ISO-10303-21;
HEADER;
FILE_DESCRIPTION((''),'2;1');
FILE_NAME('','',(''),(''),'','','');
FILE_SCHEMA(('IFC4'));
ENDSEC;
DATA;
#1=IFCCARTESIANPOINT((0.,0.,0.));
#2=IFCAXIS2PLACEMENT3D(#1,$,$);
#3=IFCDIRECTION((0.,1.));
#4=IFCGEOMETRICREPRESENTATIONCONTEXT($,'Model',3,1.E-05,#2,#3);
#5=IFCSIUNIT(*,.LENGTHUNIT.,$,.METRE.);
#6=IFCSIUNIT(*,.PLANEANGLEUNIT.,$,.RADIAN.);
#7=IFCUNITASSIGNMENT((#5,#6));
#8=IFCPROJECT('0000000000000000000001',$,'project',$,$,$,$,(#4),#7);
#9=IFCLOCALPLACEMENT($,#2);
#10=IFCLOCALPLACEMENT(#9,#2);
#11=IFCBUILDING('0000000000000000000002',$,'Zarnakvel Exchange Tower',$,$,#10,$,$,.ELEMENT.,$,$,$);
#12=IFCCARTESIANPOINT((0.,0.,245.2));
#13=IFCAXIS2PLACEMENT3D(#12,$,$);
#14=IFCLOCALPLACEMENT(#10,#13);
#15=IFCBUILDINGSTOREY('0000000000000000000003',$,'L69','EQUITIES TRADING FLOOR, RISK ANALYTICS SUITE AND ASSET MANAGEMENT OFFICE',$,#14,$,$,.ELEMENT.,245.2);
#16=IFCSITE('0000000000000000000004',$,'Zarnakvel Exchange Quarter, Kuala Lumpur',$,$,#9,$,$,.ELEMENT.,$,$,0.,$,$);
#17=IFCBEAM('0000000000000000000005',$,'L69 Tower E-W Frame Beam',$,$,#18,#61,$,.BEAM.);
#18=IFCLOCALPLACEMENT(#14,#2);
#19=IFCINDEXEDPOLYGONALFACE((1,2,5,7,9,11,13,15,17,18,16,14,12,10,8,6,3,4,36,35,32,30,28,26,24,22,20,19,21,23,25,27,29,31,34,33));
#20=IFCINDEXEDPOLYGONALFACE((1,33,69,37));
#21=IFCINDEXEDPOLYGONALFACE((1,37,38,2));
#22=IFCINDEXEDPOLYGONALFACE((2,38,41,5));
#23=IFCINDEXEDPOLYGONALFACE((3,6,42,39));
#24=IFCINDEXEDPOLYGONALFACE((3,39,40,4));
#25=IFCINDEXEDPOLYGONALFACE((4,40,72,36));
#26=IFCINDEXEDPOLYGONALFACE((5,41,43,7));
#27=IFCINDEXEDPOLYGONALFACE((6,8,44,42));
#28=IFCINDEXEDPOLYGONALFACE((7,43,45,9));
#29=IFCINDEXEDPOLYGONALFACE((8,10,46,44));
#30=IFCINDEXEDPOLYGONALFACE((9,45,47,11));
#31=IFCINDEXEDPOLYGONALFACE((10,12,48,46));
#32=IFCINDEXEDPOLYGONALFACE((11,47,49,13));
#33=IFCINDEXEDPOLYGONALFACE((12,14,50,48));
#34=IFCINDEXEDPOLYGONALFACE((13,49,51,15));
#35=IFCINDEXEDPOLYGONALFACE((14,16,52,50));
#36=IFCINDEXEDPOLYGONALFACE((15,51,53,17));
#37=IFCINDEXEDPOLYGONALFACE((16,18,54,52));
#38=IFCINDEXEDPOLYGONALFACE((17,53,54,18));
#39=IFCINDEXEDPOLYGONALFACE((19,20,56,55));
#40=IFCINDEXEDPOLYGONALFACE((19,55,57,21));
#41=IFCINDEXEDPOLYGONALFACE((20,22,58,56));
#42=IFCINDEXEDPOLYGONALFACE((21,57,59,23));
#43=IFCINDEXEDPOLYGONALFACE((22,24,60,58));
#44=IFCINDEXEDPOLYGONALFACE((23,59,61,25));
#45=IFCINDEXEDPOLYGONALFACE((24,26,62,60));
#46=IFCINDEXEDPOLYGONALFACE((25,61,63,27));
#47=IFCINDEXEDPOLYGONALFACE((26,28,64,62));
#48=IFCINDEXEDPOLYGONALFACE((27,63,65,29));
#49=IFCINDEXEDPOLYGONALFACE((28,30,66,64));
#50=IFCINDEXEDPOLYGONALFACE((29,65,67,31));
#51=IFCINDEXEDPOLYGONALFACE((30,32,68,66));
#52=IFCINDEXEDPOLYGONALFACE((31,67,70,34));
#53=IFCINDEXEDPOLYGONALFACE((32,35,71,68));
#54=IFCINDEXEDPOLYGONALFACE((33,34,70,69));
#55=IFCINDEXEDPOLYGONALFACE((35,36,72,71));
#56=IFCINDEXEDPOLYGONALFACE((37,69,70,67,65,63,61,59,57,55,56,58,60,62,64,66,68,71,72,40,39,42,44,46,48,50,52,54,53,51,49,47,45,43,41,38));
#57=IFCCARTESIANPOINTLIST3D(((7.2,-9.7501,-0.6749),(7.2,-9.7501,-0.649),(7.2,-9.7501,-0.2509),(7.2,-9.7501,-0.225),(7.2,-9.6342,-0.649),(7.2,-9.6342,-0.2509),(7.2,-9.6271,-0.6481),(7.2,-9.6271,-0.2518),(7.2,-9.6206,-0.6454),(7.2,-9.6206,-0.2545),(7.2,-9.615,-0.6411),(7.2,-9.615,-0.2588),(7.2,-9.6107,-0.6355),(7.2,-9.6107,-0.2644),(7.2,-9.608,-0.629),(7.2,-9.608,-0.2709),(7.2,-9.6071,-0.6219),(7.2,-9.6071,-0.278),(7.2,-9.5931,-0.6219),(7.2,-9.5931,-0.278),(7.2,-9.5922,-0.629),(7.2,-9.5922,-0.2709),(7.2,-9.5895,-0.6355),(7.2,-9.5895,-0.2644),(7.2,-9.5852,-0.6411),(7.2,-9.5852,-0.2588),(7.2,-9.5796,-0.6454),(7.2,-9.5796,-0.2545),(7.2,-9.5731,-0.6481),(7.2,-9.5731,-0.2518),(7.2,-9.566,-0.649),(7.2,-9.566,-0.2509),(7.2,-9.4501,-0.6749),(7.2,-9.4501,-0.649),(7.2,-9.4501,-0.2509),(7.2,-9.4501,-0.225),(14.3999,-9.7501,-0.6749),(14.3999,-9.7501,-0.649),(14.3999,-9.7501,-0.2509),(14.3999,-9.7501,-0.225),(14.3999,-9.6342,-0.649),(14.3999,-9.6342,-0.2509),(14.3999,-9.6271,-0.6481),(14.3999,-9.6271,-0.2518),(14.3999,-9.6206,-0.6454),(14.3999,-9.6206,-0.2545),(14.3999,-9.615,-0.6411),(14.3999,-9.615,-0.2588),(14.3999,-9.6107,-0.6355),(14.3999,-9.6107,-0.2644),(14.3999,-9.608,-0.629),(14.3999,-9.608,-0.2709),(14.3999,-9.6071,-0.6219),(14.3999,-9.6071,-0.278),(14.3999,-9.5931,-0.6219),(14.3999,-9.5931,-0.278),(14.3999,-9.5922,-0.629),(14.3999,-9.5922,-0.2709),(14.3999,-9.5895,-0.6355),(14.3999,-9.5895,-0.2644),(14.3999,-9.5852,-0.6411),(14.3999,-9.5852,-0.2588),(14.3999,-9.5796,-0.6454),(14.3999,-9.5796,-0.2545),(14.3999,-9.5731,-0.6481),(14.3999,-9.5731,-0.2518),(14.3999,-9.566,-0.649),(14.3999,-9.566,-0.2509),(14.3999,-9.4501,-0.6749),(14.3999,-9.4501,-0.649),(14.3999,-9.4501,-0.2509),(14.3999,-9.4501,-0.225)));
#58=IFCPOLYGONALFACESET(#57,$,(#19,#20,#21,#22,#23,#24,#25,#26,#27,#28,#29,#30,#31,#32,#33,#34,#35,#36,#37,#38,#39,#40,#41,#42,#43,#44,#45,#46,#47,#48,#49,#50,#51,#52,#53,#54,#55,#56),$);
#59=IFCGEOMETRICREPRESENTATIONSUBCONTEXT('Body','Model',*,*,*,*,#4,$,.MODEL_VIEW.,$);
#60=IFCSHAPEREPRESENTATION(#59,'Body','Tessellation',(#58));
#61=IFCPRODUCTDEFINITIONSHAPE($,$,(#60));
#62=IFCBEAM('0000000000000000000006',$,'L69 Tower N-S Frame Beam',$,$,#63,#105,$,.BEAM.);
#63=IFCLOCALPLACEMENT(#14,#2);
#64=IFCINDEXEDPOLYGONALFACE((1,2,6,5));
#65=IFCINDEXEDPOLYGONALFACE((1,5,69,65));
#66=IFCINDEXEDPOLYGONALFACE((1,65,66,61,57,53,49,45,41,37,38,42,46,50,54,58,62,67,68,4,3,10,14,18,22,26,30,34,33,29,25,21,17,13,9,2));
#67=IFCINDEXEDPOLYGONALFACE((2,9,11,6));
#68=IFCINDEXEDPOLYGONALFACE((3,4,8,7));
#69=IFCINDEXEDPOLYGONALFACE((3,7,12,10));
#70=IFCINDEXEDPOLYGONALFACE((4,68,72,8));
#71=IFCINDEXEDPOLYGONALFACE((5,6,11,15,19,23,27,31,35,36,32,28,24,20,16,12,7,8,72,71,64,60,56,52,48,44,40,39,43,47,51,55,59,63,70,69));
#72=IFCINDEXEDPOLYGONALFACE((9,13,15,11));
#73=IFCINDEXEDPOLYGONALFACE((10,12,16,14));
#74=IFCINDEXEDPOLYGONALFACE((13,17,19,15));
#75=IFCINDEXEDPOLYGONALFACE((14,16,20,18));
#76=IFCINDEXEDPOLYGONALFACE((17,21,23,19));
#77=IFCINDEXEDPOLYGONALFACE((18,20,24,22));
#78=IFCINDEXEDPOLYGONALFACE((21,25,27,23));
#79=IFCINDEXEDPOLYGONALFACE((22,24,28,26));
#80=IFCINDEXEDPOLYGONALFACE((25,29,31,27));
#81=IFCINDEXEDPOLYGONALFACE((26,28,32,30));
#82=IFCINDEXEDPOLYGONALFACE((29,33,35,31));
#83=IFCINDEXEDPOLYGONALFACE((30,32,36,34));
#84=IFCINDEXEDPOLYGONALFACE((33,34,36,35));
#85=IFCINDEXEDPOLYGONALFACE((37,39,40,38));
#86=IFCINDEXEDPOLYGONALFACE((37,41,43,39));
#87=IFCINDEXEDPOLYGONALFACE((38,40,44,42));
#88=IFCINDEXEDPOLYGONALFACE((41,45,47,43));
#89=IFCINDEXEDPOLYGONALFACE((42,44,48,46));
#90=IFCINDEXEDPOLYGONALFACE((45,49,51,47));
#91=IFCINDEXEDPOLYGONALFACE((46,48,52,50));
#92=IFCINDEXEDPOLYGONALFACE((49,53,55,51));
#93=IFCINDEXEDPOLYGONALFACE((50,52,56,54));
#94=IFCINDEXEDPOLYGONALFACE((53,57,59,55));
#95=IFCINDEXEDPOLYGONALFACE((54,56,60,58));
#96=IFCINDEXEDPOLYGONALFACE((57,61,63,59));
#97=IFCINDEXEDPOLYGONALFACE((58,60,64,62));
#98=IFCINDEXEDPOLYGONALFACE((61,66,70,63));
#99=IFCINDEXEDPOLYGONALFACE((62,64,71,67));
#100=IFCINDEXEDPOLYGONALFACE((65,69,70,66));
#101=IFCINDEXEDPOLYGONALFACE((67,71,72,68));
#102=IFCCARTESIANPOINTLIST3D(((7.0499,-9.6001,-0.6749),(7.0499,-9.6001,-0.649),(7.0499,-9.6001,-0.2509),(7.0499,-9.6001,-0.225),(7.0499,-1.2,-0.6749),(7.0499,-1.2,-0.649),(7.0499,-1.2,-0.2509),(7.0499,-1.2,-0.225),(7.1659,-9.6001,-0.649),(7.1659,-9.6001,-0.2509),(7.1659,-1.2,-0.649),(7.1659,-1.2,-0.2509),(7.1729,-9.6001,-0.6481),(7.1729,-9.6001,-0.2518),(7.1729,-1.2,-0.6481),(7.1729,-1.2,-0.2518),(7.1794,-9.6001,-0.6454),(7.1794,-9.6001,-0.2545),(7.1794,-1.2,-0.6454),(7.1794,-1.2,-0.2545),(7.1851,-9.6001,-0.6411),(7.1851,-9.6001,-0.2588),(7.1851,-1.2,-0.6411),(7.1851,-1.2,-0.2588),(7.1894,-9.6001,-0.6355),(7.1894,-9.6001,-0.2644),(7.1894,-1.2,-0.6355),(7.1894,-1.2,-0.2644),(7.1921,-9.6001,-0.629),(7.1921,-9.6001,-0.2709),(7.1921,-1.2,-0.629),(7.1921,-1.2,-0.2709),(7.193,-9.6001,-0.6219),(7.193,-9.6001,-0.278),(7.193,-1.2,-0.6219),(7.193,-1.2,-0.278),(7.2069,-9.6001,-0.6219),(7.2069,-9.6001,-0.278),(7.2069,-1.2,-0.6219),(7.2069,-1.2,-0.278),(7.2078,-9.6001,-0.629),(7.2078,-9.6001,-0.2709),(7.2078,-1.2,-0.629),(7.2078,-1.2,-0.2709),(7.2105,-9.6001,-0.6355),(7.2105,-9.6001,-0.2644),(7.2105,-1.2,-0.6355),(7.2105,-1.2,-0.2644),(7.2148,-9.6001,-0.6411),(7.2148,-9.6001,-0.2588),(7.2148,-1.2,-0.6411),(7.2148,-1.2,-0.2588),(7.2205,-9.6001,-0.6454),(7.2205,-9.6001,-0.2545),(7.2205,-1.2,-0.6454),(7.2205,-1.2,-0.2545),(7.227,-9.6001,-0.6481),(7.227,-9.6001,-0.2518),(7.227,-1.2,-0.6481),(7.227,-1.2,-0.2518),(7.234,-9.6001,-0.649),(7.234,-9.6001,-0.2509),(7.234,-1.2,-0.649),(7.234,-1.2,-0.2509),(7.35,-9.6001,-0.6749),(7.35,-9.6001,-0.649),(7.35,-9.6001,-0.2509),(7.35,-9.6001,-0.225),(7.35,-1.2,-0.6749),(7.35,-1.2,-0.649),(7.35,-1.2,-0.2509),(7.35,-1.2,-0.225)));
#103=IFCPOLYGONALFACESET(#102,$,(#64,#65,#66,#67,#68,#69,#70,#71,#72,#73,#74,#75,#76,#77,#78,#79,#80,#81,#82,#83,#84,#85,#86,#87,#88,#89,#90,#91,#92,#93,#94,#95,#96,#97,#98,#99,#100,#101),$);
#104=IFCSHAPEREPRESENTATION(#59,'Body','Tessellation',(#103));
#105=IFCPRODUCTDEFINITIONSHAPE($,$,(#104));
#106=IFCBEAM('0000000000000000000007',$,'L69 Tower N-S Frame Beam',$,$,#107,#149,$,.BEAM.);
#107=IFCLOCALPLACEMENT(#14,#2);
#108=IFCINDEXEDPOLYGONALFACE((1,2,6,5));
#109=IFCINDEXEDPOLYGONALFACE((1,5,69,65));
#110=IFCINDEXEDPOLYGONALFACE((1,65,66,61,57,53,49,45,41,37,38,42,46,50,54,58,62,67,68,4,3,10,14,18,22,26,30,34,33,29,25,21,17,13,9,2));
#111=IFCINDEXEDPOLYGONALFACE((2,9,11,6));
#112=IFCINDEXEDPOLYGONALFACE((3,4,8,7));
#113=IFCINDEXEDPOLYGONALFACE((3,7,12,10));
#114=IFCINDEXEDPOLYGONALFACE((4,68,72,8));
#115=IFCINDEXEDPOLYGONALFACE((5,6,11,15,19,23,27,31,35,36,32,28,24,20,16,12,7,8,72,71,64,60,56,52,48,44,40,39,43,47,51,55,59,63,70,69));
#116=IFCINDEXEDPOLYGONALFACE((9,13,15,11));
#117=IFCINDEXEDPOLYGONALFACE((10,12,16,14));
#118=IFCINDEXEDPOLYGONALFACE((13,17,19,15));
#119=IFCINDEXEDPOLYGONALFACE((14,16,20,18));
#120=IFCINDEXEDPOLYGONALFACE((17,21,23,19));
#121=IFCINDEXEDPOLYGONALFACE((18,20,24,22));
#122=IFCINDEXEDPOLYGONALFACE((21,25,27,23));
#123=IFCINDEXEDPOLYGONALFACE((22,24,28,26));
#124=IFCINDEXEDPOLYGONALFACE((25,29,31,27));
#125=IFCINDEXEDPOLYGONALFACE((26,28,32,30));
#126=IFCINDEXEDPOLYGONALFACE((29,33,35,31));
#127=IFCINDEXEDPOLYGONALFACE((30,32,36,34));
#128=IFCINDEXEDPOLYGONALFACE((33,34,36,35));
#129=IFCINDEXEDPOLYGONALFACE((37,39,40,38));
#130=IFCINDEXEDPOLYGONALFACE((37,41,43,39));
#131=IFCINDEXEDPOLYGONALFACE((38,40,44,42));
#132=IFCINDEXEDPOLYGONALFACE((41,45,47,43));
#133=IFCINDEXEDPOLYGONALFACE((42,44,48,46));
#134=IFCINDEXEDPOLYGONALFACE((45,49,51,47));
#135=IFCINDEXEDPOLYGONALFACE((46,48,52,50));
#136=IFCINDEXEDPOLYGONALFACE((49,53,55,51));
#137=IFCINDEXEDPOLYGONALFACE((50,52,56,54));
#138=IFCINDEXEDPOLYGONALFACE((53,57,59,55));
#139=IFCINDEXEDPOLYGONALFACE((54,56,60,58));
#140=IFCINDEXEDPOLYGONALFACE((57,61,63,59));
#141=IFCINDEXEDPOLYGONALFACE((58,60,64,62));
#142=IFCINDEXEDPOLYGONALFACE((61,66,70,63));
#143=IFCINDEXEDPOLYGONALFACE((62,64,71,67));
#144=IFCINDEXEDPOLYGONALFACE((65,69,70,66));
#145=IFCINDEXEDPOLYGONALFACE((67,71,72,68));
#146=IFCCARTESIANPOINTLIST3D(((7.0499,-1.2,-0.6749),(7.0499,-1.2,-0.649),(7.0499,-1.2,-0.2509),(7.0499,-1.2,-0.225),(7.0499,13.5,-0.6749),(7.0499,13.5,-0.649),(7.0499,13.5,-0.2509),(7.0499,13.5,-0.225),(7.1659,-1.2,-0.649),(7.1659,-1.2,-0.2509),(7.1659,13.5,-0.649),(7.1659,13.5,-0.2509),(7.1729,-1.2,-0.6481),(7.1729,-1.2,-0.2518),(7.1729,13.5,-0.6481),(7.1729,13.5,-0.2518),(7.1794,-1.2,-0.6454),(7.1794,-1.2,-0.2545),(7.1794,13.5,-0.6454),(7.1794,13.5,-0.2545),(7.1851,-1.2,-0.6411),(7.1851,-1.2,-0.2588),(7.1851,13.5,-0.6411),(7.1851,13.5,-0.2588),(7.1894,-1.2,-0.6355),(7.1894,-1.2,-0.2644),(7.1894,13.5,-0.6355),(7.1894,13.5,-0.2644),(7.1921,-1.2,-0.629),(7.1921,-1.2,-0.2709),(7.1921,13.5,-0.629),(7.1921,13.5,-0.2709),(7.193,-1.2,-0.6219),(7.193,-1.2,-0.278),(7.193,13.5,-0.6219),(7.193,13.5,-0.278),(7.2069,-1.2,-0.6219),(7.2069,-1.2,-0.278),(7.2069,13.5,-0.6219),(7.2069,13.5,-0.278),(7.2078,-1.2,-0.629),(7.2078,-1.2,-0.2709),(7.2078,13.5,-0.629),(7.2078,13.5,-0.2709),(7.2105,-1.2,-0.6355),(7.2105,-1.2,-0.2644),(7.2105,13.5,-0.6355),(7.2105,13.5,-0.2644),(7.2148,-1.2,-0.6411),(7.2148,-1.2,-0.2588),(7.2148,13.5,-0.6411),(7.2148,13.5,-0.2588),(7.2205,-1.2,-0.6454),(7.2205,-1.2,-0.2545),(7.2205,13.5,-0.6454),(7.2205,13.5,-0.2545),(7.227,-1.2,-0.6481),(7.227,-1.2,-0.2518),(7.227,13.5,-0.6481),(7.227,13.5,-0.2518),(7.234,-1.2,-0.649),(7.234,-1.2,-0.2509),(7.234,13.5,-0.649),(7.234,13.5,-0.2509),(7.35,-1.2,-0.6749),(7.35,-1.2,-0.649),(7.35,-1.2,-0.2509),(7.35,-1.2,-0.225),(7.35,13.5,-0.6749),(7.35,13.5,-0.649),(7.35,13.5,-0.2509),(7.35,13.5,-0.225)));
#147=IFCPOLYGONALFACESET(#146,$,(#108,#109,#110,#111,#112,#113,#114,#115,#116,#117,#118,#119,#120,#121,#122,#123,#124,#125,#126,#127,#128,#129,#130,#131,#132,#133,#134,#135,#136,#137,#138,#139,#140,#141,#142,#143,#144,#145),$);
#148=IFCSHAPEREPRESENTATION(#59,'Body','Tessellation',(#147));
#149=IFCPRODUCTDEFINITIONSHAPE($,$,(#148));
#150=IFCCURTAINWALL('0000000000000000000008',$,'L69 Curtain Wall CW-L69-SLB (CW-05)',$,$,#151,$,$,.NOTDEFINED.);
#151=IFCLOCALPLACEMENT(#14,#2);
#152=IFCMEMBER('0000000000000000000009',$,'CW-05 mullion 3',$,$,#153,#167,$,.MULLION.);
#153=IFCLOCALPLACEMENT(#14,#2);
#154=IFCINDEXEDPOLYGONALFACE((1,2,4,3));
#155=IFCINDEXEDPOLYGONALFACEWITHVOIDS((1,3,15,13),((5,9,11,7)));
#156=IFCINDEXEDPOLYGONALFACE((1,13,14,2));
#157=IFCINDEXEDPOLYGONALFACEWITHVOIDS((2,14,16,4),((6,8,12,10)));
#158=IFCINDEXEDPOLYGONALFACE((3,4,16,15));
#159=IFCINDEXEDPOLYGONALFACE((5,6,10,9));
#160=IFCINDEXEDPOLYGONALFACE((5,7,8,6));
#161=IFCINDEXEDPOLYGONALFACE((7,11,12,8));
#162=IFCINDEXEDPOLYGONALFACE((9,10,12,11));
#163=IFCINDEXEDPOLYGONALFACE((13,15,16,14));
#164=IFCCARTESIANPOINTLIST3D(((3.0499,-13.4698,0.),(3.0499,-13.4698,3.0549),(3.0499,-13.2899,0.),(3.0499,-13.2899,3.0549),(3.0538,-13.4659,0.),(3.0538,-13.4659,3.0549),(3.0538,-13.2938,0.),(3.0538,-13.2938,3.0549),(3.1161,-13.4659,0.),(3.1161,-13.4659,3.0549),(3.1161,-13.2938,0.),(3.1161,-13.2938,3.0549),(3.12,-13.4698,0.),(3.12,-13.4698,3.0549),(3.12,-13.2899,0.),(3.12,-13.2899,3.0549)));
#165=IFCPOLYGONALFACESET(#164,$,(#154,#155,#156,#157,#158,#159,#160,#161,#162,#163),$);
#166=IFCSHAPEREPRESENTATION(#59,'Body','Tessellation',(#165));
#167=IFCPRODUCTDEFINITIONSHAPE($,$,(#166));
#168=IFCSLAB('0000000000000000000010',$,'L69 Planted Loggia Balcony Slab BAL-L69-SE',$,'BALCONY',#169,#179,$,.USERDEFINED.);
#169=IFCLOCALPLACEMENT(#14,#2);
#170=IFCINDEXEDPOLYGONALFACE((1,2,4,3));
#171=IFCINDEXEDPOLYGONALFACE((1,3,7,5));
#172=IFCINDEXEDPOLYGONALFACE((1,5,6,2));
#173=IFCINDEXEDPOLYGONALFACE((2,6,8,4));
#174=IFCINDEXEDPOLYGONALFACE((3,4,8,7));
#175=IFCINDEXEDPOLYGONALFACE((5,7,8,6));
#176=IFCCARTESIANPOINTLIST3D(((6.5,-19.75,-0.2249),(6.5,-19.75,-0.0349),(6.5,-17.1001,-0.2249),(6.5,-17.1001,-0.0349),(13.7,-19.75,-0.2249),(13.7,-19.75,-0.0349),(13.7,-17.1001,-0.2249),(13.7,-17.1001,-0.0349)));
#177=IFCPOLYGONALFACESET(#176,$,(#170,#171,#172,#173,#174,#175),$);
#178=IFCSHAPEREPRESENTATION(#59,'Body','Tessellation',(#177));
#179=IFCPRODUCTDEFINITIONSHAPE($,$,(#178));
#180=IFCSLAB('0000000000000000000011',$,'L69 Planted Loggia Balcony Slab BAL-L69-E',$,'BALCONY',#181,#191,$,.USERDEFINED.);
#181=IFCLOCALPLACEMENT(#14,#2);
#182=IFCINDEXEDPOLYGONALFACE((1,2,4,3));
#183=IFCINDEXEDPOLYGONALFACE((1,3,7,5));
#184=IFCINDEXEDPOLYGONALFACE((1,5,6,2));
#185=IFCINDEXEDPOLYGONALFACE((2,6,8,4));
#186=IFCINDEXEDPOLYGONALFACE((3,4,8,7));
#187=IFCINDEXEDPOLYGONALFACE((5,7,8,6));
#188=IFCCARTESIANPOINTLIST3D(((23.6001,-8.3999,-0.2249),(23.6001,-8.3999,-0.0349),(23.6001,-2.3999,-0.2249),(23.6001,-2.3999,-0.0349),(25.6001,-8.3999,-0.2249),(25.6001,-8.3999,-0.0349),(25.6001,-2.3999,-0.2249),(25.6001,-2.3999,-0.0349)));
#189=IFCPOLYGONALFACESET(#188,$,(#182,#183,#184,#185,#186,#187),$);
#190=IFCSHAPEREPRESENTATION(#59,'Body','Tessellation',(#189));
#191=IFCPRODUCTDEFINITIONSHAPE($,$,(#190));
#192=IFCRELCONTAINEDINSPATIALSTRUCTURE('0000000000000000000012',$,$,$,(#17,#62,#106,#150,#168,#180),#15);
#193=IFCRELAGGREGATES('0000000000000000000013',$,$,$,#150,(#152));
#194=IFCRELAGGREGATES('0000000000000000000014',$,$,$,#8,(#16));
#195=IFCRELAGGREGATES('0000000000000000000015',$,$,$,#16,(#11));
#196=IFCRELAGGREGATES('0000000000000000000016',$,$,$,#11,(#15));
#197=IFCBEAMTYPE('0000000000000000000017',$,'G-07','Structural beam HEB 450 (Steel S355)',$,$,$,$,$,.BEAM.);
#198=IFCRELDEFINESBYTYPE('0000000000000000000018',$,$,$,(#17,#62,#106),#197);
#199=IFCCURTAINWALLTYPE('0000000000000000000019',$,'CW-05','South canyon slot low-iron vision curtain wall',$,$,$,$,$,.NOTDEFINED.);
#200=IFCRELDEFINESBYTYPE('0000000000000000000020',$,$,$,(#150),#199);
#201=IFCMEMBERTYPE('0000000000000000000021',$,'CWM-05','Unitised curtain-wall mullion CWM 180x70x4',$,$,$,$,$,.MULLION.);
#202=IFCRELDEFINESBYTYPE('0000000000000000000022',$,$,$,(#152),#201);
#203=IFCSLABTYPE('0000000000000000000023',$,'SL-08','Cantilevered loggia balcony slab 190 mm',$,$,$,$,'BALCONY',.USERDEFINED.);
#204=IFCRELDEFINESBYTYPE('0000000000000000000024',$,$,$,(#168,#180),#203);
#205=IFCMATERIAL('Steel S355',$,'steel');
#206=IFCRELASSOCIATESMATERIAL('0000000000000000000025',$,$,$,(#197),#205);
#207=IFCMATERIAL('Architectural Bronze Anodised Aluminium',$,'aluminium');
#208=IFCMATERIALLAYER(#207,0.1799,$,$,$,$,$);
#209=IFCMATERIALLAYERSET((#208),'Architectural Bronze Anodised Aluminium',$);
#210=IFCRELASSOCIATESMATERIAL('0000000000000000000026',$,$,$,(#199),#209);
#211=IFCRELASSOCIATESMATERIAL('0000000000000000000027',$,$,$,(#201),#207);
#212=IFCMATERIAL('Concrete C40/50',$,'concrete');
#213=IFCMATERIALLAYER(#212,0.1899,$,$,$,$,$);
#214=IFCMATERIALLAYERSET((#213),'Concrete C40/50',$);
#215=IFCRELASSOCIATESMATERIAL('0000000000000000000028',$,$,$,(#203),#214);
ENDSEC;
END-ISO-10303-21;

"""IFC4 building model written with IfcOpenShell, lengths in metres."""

from ifc_helpers import new_model, si_unit, direction, frame, origin, origin_2d, place, context, subcontext, project, spatial, polyline, hollow_rectangle, i_section, outline, extrude, source, transform, mapped, material, layer, layer_set, material_profile, profile_set, type_object, element, aggregate, save


model = new_model("IFC4")

# Units and contexts
model_context = context("Model", 3, precision=1e-05, world=origin(), true_north=direction((0.0, 1.0)))
body_context = subcontext(model_context, "Body", "Model", "MODEL_VIEW")
ifc_project = project(units=[si_unit("LENGTHUNIT", "METRE"), si_unit("PLANEANGLEUNIT", "RADIAN")], contexts=[model_context])

# Site, building, storey
site_placement = place(None, origin())
site = spatial("IfcSite", under=ifc_project, at=site_placement, Name="Zarnakvel Exchange Quarter, Kuala Lumpur", CompositionType="ELEMENT", RefElevation=0.0)
building_placement = place(site_placement, origin())
building = spatial("IfcBuilding", under=site, at=building_placement, Name="Zarnakvel Exchange Tower", CompositionType="ELEMENT")
storey_placement = place(building_placement, frame((0.0, 0.0, 245.2)))
storey = spatial("IfcBuildingStorey", under=building, at=storey_placement, Name="L69", Description="EQUITIES TRADING FLOOR, RISK ANALYTICS SUITE AND ASSET MANAGEMENT OFFICE", CompositionType="ELEMENT", Elevation=245.2)

# Beams
ifc_material_1 = material(Name="Steel S355", Category="steel")
ifc_material_profile_1 = material_profile(ifc_material_1, i_section(OverallWidth=0.3, OverallDepth=0.45, WebThickness=0.0139, FlangeThickness=0.0259, FilletRadius=0.0271, at=origin_2d()))
ifc_profile_set_1 = profile_set([ifc_material_profile_1], Name="Steel S355")
beam_type_1 = type_object("IfcBeamType", Name="G-07", Description="Structural beam HEB 450 (Steel S355)", PredefinedType="BEAM", material=ifc_profile_set_1)
beam_1_placement = place(storey_placement, frame((7.2, -9.6001, -0.45), z_axis=(1.0, 0.0, 0.0), x_axis=(0.0, 1.0, 0.0)))
element("IfcBeam", 1, at=beam_1_placement, inside=storey, type_object=beam_type_1, Name="L69 Tower E-W Frame Beam", PredefinedType="BEAM", context=body_context, shape_type="SweptSolid", body=[
    extrude(i_section(OverallWidth=0.3, OverallDepth=0.45, WebThickness=0.0139, FlangeThickness=0.0259, FilletRadius=0.0271, at=origin_2d()), origin(), (0.0, 0.0, 1.0), 7.2),
])
beam_2_placement = place(storey_placement, frame((7.2, -9.6001, -0.45), z_axis=(0.0, 1.0, 0.0), x_axis=(-1.0, 0.0, 0.0)))
element("IfcBeam", 2, at=beam_2_placement, inside=storey, type_object=beam_type_1, Name="L69 Tower N-S Frame Beam", PredefinedType="BEAM", context=body_context, shape_type="SweptSolid", body=[
    extrude(i_section(OverallWidth=0.3, OverallDepth=0.45, WebThickness=0.0139, FlangeThickness=0.0259, FilletRadius=0.0271, at=origin_2d()), origin(), (0.0, 0.0, 1.0), 8.4001),
])
beam_3_placement = place(storey_placement, frame((7.2, -1.2, -0.45), z_axis=(0.0, 1.0, 0.0), x_axis=(-1.0, 0.0, 0.0)))
element("IfcBeam", 3, at=beam_3_placement, inside=storey, type_object=beam_type_1, Name="L69 Tower N-S Frame Beam", PredefinedType="BEAM", context=body_context, shape_type="SweptSolid", body=[
    extrude(i_section(OverallWidth=0.3, OverallDepth=0.45, WebThickness=0.0139, FlangeThickness=0.0259, FilletRadius=0.0271, at=origin_2d()), origin(), (0.0, 0.0, 1.0), 14.7),
])

# Curtain wall, member
ifc_material_2 = material(Name="Architectural Bronze Anodised Aluminium", Category="aluminium")
ifc_layer_1 = layer(ifc_material_2, 0.1799)
ifc_layer_set_1 = layer_set([ifc_layer_1], Name="Architectural Bronze Anodised Aluminium")
curtain_wall_type = type_object("IfcCurtainWallType", Name="CW-05", Description="South canyon slot low-iron vision curtain wall", PredefinedType="NOTDEFINED", material=ifc_layer_set_1)
curtain_wall_placement = place(storey_placement, origin())
curtain_wall = element("IfcCurtainWall", 4, at=curtain_wall_placement, inside=storey, type_object=curtain_wall_type, Name="L69 Curtain Wall CW-L69-SLB (CW-05)", PredefinedType="NOTDEFINED")
ifc_material_profile_2 = material_profile(ifc_material_2, hollow_rectangle(XDim=0.1799, YDim=0.0701, WallThickness=0.0039, at=origin_2d()))
ifc_profile_set_2 = profile_set([ifc_material_profile_2], Name="Architectural Bronze Anodised Aluminium")
member_type = type_object("IfcMemberType", Name="CWM-05", Description="Unitised curtain-wall mullion CWM 180x70x4", PredefinedType="MULLION", material=ifc_profile_set_2)
shared_shape_1 = source(origin(), body_context, "Body", "SweptSolid", [
    extrude(hollow_rectangle(XDim=0.1799, YDim=0.0701, WallThickness=0.0039, at=origin_2d()), origin(), (0.0, 0.0, 1.0), 3.0549),
])
member_placement = place(storey_placement, frame((3.085, -13.3799, 0.0), z_axis=(0.0, 0.0, 1.0), x_axis=(0.0, 1.0, 0.0)))
member = element("IfcMember", 5, at=member_placement, type_object=member_type, Name="CW-05 mullion 3", PredefinedType="MULLION", context=body_context, shape_type="MappedRepresentation", body=[
    mapped(shared_shape_1, transform((0.0, 0.0, 0.0), x_axis=(1.0, 0.0, 0.0), y_axis=(0.0, 1.0, 0.0), z_axis=(0.0, 0.0, 1.0), scale=1.0)),
])

# Slabs
ifc_material_3 = material(Name="Concrete C40/50", Category="concrete")
ifc_layer_2 = layer(ifc_material_3, 0.1899)
ifc_layer_set_2 = layer_set([ifc_layer_2], Name="Concrete C40/50")
slab_type = type_object("IfcSlabType", Name="SL-08", Description="Cantilevered loggia balcony slab 190 mm", ElementType="BALCONY", PredefinedType="USERDEFINED", material=ifc_layer_set_2)
slab_1_placement = place(storey_placement, frame((0.0, 0.0, -0.2249)))
element("IfcSlab", 6, at=slab_1_placement, inside=storey, type_object=slab_type, Name="L69 Planted Loggia Balcony Slab BAL-L69-SE", ObjectType="BALCONY", PredefinedType="USERDEFINED", context=body_context, shape_type="SweptSolid", body=[
    extrude(outline(polyline([(6.5, -19.75), (13.7, -19.75), (13.7, -17.1001), (6.5, -17.1001), (6.5, -19.75)])), origin(), (0.0, 0.0, 1.0), 0.1899),
])
slab_2_placement = place(storey_placement, frame((0.0, 0.0, -0.2249)))
element("IfcSlab", 7, at=slab_2_placement, inside=storey, type_object=slab_type, Name="L69 Planted Loggia Balcony Slab BAL-L69-E", ObjectType="BALCONY", PredefinedType="USERDEFINED", context=body_context, shape_type="SweptSolid", body=[
    extrude(outline(polyline([(23.6001, -8.3999), (25.6001, -8.3999), (25.6001, -2.3999), (23.6001, -2.3999), (23.6001, -8.3999)])), origin(), (0.0, 0.0, 1.0), 0.1899),
])

aggregate(curtain_wall, [member])

save(model, "model.ifc")
